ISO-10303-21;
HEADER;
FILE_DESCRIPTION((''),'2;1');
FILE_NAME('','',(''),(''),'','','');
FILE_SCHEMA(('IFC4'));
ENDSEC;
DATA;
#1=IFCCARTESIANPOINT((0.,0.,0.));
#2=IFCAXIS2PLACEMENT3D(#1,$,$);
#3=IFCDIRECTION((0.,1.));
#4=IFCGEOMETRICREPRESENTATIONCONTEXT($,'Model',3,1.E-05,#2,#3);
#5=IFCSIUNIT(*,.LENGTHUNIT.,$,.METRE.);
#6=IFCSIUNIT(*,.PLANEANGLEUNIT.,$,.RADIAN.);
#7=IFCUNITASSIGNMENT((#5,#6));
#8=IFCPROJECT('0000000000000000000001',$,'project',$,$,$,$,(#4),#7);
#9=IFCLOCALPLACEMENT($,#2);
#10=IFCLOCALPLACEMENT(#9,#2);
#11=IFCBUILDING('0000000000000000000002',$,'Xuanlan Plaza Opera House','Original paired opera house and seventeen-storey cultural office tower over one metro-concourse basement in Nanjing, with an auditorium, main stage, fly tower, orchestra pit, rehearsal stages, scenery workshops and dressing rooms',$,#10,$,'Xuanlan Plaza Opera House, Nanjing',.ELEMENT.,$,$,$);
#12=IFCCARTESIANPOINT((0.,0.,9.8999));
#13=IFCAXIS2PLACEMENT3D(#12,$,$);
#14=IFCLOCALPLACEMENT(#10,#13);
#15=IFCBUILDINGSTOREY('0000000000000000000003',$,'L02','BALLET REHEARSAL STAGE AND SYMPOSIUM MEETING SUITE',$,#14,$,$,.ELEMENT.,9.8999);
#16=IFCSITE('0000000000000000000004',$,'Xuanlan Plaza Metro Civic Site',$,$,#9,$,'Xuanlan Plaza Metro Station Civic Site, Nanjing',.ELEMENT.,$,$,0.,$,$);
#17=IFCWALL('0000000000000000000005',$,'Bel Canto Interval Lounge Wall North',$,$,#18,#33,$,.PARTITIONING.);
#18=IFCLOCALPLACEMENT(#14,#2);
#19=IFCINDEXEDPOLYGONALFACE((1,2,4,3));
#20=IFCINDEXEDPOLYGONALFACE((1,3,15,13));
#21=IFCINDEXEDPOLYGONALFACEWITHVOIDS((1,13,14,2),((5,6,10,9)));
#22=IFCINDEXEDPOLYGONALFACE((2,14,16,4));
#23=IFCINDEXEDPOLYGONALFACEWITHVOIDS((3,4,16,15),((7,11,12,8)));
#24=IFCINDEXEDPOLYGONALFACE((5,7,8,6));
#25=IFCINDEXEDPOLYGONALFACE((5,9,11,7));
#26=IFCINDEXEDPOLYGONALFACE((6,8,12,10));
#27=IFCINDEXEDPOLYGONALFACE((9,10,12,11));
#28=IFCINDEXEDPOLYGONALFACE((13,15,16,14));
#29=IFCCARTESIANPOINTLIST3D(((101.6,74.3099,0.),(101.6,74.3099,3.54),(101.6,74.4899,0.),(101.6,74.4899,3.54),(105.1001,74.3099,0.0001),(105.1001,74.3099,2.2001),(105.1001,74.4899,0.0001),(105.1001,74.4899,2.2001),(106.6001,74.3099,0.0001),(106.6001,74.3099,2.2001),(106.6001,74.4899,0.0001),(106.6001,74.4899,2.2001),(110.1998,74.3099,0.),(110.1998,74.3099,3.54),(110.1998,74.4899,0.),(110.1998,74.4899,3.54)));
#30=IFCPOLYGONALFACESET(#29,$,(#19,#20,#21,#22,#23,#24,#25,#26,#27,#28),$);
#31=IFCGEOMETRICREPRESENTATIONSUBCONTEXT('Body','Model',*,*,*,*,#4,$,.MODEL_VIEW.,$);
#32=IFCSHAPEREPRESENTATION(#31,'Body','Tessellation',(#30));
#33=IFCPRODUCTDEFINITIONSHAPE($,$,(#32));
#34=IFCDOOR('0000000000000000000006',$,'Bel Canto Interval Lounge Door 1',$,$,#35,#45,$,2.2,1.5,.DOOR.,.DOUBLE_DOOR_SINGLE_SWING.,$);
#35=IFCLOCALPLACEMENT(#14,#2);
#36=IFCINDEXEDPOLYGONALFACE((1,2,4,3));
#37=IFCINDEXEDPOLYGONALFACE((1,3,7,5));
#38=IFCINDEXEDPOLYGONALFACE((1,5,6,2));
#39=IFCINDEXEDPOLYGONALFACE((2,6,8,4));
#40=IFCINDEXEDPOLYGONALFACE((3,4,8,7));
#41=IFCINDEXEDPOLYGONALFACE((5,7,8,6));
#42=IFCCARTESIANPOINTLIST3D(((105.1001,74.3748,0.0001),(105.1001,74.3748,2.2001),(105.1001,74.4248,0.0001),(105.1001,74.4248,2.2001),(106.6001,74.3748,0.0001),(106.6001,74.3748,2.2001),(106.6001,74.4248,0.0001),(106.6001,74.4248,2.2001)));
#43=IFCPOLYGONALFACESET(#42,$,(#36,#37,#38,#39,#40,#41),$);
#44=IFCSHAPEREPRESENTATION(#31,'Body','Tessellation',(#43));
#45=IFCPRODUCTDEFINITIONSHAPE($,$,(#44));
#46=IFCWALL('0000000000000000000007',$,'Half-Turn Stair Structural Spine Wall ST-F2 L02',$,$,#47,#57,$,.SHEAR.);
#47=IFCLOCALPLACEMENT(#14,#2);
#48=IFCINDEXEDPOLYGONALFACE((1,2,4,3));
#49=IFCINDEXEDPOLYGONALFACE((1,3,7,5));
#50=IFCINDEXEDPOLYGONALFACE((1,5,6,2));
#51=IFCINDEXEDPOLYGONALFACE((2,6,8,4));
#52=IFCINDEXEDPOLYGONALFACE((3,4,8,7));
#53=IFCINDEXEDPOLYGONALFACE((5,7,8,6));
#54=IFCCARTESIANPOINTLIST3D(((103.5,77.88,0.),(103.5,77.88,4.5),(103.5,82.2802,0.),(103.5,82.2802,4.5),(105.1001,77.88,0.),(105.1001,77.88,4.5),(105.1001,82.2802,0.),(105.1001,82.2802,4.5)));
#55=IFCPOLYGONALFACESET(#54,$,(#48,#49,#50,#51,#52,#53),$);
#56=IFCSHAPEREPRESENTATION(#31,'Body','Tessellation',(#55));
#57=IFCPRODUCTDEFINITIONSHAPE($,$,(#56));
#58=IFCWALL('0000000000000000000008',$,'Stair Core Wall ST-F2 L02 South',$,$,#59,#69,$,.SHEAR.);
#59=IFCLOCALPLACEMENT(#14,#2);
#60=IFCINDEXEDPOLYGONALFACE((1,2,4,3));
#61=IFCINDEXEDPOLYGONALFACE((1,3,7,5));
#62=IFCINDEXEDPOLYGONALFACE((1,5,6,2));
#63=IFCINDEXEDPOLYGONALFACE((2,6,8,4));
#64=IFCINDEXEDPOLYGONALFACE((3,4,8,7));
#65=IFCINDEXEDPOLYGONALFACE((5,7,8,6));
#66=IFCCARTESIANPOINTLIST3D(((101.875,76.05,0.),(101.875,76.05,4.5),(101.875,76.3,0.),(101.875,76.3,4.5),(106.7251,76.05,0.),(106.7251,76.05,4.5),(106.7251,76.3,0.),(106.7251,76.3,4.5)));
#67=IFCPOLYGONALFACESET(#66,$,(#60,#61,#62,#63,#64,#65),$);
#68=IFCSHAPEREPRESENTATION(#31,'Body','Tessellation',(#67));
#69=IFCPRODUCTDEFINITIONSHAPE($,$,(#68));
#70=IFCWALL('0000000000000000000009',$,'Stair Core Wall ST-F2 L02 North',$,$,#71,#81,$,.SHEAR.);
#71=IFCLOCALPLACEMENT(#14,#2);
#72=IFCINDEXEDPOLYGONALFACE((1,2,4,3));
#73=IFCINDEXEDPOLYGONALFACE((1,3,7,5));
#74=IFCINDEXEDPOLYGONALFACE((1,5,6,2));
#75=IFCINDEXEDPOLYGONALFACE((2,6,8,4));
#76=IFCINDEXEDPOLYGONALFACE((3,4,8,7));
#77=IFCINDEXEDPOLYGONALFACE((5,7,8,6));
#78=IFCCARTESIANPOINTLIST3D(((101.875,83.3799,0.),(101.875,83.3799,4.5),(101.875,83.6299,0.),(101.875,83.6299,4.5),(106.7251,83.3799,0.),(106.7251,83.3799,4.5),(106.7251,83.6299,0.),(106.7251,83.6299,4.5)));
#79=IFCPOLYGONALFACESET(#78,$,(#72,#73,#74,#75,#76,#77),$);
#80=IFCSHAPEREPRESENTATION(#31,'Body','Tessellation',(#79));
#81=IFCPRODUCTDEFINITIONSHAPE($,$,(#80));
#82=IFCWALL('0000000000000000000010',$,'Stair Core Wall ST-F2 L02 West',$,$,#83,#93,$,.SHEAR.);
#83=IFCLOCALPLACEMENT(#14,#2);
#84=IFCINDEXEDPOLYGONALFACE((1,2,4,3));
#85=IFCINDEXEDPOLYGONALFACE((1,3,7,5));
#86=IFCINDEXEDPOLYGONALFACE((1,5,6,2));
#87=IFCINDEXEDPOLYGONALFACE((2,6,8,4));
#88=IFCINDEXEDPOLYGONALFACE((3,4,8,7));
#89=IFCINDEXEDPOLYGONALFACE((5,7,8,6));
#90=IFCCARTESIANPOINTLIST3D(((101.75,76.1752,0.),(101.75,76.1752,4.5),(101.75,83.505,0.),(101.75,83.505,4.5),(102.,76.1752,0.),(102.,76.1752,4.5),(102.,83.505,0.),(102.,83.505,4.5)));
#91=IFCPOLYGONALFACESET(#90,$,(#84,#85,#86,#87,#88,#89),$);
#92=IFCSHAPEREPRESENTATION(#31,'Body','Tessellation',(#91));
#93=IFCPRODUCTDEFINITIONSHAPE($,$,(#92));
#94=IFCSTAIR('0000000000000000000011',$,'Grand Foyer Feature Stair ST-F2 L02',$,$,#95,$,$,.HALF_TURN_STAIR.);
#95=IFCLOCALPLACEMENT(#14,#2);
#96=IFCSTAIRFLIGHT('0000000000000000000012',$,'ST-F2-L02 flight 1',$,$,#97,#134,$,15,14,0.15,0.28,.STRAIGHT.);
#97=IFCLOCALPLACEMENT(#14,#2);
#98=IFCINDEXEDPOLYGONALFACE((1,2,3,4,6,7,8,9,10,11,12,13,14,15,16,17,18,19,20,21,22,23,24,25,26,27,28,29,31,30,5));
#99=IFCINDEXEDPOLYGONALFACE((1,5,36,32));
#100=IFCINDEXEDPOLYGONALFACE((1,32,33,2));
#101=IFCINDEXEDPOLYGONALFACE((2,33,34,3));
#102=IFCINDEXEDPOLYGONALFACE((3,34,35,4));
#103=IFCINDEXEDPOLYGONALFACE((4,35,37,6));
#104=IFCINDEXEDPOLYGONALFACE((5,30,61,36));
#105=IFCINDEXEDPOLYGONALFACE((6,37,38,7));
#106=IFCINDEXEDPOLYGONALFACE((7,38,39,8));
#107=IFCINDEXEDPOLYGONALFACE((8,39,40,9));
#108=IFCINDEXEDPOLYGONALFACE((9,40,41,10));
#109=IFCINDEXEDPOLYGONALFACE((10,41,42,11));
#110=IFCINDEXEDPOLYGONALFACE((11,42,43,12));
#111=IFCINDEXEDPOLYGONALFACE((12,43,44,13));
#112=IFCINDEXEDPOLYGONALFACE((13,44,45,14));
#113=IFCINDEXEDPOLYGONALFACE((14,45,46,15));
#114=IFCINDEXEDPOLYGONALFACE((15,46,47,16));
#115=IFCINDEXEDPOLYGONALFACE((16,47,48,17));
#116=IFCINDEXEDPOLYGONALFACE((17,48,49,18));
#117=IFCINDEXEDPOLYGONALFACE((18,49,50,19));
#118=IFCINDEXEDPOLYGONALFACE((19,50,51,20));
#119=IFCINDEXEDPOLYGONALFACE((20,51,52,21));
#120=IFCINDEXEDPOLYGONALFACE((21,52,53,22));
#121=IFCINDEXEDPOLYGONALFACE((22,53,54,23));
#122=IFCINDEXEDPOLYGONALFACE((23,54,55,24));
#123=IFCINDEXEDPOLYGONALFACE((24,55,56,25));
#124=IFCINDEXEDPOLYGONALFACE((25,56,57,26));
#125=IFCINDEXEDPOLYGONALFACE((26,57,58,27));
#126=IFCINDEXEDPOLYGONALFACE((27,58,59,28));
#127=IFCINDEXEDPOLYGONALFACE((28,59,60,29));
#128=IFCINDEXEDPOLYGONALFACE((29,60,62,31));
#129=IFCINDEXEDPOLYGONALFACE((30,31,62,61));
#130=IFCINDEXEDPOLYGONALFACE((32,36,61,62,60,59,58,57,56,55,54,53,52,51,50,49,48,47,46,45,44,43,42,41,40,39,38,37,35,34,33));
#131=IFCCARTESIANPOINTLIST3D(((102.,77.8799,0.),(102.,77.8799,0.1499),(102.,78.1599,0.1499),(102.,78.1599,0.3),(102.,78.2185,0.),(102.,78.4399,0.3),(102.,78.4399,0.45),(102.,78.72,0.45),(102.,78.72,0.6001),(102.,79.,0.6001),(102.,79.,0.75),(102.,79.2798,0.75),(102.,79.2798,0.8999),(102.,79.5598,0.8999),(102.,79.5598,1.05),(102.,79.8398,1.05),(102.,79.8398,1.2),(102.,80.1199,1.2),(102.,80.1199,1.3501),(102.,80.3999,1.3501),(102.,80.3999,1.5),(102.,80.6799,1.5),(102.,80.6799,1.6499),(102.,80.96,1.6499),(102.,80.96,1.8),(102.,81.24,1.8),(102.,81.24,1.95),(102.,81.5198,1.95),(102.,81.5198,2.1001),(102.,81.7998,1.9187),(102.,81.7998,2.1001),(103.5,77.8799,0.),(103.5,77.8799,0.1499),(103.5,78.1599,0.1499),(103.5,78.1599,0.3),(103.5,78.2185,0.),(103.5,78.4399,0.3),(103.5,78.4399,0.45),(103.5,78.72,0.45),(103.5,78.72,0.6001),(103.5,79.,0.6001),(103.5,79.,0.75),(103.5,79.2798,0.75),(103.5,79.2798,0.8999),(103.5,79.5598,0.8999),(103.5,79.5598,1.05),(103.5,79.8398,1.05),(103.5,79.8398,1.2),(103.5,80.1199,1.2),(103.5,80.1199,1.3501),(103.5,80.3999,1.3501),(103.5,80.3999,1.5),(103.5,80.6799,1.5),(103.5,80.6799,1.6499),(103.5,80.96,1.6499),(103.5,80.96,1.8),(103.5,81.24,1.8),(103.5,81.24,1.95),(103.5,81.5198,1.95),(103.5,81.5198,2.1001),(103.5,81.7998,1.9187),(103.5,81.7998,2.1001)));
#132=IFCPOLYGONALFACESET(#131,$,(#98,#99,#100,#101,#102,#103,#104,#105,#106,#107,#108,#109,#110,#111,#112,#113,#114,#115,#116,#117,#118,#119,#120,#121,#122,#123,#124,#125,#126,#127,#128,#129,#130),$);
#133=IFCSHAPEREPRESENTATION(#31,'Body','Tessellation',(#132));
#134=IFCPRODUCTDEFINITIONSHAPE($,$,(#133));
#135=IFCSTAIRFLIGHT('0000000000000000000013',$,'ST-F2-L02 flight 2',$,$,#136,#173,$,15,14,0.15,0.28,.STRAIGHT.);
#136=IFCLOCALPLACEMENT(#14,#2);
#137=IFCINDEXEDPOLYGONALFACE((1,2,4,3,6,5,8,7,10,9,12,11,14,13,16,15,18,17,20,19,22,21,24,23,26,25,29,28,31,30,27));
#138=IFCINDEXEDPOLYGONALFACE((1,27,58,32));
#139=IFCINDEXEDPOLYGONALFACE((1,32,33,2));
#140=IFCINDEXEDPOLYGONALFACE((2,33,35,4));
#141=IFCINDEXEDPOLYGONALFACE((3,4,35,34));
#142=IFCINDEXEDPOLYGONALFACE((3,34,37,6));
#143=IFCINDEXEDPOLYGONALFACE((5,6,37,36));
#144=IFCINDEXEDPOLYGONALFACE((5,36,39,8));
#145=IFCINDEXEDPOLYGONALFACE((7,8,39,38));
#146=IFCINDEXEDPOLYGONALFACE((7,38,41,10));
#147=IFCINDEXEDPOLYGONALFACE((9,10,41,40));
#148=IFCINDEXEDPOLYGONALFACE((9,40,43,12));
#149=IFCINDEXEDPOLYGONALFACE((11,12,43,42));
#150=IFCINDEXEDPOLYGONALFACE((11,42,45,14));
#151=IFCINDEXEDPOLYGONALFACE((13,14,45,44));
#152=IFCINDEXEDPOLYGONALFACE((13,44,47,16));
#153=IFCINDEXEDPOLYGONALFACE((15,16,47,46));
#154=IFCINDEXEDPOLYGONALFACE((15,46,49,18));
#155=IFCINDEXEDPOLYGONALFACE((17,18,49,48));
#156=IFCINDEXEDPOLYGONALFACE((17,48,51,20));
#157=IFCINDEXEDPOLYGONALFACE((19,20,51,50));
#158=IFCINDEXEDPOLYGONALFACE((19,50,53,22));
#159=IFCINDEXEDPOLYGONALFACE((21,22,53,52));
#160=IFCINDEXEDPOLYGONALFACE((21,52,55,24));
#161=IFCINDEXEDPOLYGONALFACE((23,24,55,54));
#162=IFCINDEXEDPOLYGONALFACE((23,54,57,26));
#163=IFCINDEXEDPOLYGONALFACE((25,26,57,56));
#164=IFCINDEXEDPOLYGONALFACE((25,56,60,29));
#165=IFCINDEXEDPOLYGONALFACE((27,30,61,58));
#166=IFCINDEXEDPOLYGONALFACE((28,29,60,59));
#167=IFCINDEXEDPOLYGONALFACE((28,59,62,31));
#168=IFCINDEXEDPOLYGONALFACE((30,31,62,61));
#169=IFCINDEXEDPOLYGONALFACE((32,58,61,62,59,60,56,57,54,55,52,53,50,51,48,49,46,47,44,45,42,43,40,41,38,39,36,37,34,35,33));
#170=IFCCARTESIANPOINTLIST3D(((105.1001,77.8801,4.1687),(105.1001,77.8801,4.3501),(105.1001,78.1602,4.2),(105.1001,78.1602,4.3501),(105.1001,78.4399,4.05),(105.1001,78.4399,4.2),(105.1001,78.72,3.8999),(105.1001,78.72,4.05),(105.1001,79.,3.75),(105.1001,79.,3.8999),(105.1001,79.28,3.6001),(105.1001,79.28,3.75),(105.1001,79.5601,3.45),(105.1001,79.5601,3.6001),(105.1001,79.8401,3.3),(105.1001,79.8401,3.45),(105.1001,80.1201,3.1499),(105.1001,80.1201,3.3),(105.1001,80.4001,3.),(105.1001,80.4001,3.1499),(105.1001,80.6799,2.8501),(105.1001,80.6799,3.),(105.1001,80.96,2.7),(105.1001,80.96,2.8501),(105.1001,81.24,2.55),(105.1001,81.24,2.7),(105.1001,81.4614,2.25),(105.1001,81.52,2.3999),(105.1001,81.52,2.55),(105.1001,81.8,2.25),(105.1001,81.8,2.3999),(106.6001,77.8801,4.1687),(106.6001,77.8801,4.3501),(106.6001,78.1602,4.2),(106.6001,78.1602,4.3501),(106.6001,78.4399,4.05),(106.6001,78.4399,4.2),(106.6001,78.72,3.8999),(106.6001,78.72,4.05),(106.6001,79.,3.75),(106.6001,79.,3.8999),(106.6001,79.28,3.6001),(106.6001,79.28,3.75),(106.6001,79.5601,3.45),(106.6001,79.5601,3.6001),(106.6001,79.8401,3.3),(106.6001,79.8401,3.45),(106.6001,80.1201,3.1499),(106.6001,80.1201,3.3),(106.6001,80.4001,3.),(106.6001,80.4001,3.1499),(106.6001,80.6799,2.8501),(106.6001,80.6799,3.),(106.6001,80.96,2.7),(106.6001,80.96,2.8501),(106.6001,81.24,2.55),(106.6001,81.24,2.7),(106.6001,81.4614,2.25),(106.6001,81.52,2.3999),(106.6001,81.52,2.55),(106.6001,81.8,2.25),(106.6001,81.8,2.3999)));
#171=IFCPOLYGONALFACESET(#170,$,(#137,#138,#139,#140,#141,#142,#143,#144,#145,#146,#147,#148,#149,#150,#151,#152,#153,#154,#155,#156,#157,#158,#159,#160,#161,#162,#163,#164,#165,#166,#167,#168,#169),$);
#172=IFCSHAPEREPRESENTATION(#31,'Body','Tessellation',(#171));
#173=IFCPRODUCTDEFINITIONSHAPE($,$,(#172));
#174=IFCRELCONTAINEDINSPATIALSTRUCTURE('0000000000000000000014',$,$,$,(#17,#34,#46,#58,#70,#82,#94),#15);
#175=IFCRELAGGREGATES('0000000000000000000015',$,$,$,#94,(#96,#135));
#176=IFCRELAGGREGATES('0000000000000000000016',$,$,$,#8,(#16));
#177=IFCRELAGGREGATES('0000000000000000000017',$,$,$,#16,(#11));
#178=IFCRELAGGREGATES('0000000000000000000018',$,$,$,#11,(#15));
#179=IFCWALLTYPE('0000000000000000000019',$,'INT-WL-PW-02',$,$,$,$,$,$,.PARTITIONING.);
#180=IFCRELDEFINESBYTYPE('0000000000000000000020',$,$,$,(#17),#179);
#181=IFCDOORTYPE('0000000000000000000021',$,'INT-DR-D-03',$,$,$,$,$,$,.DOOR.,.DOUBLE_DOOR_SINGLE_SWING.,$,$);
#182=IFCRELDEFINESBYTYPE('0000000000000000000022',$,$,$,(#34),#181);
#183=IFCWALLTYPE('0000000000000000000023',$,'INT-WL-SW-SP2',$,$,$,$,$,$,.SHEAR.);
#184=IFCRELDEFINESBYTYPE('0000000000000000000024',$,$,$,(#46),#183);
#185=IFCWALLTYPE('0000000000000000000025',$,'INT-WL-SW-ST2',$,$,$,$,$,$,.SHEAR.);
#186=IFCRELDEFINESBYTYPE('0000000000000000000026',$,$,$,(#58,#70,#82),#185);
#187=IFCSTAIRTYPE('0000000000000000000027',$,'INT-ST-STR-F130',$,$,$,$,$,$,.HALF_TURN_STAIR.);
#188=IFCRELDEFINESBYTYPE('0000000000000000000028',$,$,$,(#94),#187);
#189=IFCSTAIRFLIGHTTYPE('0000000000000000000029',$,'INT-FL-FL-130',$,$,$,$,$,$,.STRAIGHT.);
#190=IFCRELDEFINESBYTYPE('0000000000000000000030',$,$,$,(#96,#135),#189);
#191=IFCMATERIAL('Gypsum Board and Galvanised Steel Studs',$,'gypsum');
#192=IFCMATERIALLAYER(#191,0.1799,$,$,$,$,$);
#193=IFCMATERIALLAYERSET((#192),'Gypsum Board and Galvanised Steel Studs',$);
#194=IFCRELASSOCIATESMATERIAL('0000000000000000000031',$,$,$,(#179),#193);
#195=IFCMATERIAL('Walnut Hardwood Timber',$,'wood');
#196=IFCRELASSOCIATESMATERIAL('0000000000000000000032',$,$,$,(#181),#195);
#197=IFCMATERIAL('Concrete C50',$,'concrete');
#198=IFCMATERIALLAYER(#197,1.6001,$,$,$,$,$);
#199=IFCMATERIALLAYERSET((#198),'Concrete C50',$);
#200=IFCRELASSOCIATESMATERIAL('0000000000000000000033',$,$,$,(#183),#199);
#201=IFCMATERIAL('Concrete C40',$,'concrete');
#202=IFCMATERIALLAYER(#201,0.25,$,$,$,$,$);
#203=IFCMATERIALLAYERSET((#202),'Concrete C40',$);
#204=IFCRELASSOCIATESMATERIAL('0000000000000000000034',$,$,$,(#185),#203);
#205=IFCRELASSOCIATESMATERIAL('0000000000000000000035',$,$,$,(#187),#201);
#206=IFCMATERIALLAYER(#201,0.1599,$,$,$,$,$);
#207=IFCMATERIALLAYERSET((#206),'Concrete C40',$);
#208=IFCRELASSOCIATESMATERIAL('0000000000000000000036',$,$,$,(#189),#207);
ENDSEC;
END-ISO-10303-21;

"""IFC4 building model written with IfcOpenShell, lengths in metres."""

from ifc_helpers import new_model, si_unit, direction, frame, frame_2d, origin, place, context, subcontext, project, spatial, polyline, rectangle, outline, extrude, material, layer, layer_set, type_object, element, fill, aggregate, save


model = new_model("IFC4")

# Units and contexts
model_context = context("Model", 3, precision=1e-05, world=origin(), true_north=direction((0.0, 1.0)))
body_context = subcontext(model_context, "Body", "Model", "MODEL_VIEW")
ifc_project = project(units=[si_unit("LENGTHUNIT", "METRE"), si_unit("PLANEANGLEUNIT", "RADIAN")], contexts=[model_context])

# Site, building, storey
site_placement = place(None, origin())
site = spatial("IfcSite", under=ifc_project, at=site_placement, Name="Xuanlan Plaza Metro Civic Site", LongName="Xuanlan Plaza Metro Station Civic Site, Nanjing", CompositionType="ELEMENT", RefElevation=0.0)
building_placement = place(site_placement, origin())
building = spatial("IfcBuilding", under=site, at=building_placement, Name="Xuanlan Plaza Opera House", Description="Original paired opera house and seventeen-storey cultural office tower over one metro-concourse basement in Nanjing, with an auditorium, main stage, fly tower, orchestra pit, rehearsal stages, scenery workshops and dressing rooms", LongName="Xuanlan Plaza Opera House, Nanjing", CompositionType="ELEMENT")
storey_placement = place(building_placement, frame((0.0, 0.0, 9.8999)))
storey = spatial("IfcBuildingStorey", under=building, at=storey_placement, Name="L02", Description="BALLET REHEARSAL STAGE AND SYMPOSIUM MEETING SUITE", CompositionType="ELEMENT", Elevation=9.8999)

# Shared definitions
ifc_material_1 = material(Name="Concrete C50", Category="concrete")

# Shared definitions
ifc_material_2 = material(Name="Concrete C40", Category="concrete")

# Wall, opening, door
ifc_material_3 = material(Name="Gypsum Board and Galvanised Steel Studs", Category="gypsum")
ifc_layer_1 = layer(ifc_material_3, 0.1799)
ifc_layer_set_1 = layer_set([ifc_layer_1], Name="Gypsum Board and Galvanised Steel Studs")
wall_type_1 = type_object("IfcWallType", Name="INT-WL-PW-02", PredefinedType="PARTITIONING", material=ifc_layer_set_1)
wall_1_placement = place(storey_placement, frame((101.6001, 74.3999, 0.0), z_axis=(0.0, 0.0, 1.0), x_axis=(1.0, 0.0, 0.0)))
wall_1 = element("IfcWall", 1, at=wall_1_placement, inside=storey, type_object=wall_type_1, Name="Bel Canto Interval Lounge Wall North", PredefinedType="PARTITIONING", context=body_context, shape_type="SweptSolid", body=[
    extrude(rectangle(XDim=8.5999, YDim=0.1799, at=frame_2d((4.2998, 0.0))), origin(), (0.0, 0.0, 1.0), 3.54),
])
opening_1_placement = place(wall_1_placement, frame((3.5, 0.0, 0.0)))
opening_1 = element("IfcOpeningElement", 2, at=opening_1_placement, cuts=wall_1, PredefinedType="OPENING", context=body_context, shape_type="SweptSolid", body=[
    extrude(rectangle(XDim=1.5, YDim=2.2, at=frame_2d((0.75, 1.1001))), frame((0.0, 0.0999, 0.0), z_axis=(0.0, -1.0, 0.0), x_axis=(1.0, 0.0, 0.0)), (0.0, 0.0, 1.0), 0.2),
])
ifc_material_4 = material(Name="Walnut Hardwood Timber", Category="wood")
door_type_1 = type_object("IfcDoorType", Name="INT-DR-D-03", OperationType="DOUBLE_DOOR_SINGLE_SWING", PredefinedType="DOOR", material=ifc_material_4)
door_1_placement = place(opening_1_placement, origin())
door_1 = element("IfcDoor", 3, at=door_1_placement, inside=storey, type_object=door_type_1, Name="Bel Canto Interval Lounge Door 1", OperationType="DOUBLE_DOOR_SINGLE_SWING", OverallHeight=2.2, OverallWidth=1.5, PredefinedType="DOOR", context=body_context, shape_type="SweptSolid", body=[
    extrude(rectangle(XDim=1.5, YDim=2.2, at=frame_2d((0.75, 1.1001))), frame((0.0, 0.0249, 0.0), z_axis=(0.0, -1.0, 0.0), x_axis=(1.0, 0.0, 0.0)), (0.0, 0.0, 1.0), 0.05),
])
fill(opening_1, door_1)

# Walls
ifc_layer_2 = layer(ifc_material_1, 1.6001)
ifc_layer_set_2 = layer_set([ifc_layer_2], Name="Concrete C50")
wall_type_2 = type_object("IfcWallType", Name="INT-WL-SW-SP2", PredefinedType="SHEAR", material=ifc_layer_set_2)
wall_2_placement = place(storey_placement, frame((104.3, 77.8799, 0.0), z_axis=(0.0, 0.0, 1.0), x_axis=(0.0, 1.0, 0.0)))
element("IfcWall", 4, at=wall_2_placement, inside=storey, type_object=wall_type_2, Name="Half-Turn Stair Structural Spine Wall ST-F2 L02", PredefinedType="SHEAR", context=body_context, shape_type="SweptSolid", body=[
    extrude(rectangle(XDim=4.4001, YDim=1.6001, at=frame_2d((2.2002, 0.0))), origin(), (0.0, 0.0, 1.0), 4.5),
])
ifc_layer_3 = layer(ifc_material_2, 0.25)
ifc_layer_set_3 = layer_set([ifc_layer_3], Name="Concrete C40")
wall_type_3 = type_object("IfcWallType", Name="INT-WL-SW-ST2", PredefinedType="SHEAR", material=ifc_layer_set_3)
for number, where, z_axis, x_axis, name in (
    (5, (101.875, 76.175, 0.0), (0.0, 0.0, 1.0), (1.0, 0.0, 0.0), "Stair Core Wall ST-F2 L02 South"),
    (6, (101.875, 83.5049, 0.0), (0.0, 0.0, 1.0), (1.0, 0.0, 0.0), "Stair Core Wall ST-F2 L02 North"),
):
    element("IfcWall", number, at=place(storey_placement, frame(where, z_axis=z_axis, x_axis=x_axis)), inside=storey, type_object=wall_type_3, Name=name, PredefinedType="SHEAR", context=body_context, shape_type="SweptSolid", body=[
        extrude(rectangle(XDim=4.8501, YDim=0.25, at=frame_2d((2.425, 0.0))), origin(), (0.0, 0.0, 1.0), 4.5),
    ])
wall_3_placement = place(storey_placement, frame((101.875, 76.175, 0.0), z_axis=(0.0, 0.0, 1.0), x_axis=(0.0, 1.0, 0.0)))
element("IfcWall", 7, at=wall_3_placement, inside=storey, type_object=wall_type_3, Name="Stair Core Wall ST-F2 L02 West", PredefinedType="SHEAR", context=body_context, shape_type="SweptSolid", body=[
    extrude(rectangle(XDim=7.3298, YDim=0.25, at=frame_2d((3.665, 0.0))), origin(), (0.0, 0.0, 1.0), 4.5),
])

# Stair, stair flights
stair_type = type_object("IfcStairType", Name="INT-ST-STR-F130", PredefinedType="HALF_TURN_STAIR", material=ifc_material_2)
stair_placement = place(storey_placement, origin())
stair = element("IfcStair", 8, at=stair_placement, inside=storey, type_object=stair_type, Name="Grand Foyer Feature Stair ST-F2 L02", PredefinedType="HALF_TURN_STAIR")
ifc_layer_4 = layer(ifc_material_2, 0.1599)
ifc_layer_set_4 = layer_set([ifc_layer_4], Name="Concrete C40")
stair_flight_type = type_object("IfcStairFlightType", Name="INT-FL-FL-130", PredefinedType="STRAIGHT", material=ifc_layer_set_4)
stair_flight_1_placement = place(storey_placement, frame((102.75, 77.8799, 0.0), z_axis=(0.0, 0.0, 1.0), x_axis=(0.0, 1.0, 0.0)))
stair_flight_1 = element("IfcStairFlight", 9, at=stair_flight_1_placement, type_object=stair_flight_type, Name="ST-F2-L02 flight 1", NumberOfRisers=15, NumberOfTreads=14, PredefinedType="STRAIGHT", RiserHeight=0.15, TreadLength=0.28, context=body_context, shape_type="SweptSolid", body=[
    extrude(outline(polyline([(0.0, 0.0), (0.0, 0.1499), (0.28, 0.1499), (0.28, 0.3), (0.5601, 0.3), (0.5601, 0.45), (0.8401, 0.45), (0.8401, 0.6001), (1.1201, 0.6001), (1.1201, 0.75), (1.3999, 0.75), (1.3999, 0.8999), (1.6799, 0.8999), (1.6799, 1.05), (1.96, 1.05), (1.96, 1.2), (2.24, 1.2), (2.24, 1.3501), (2.52, 1.3501), (2.52, 1.5), (2.8, 1.5), (2.8, 1.6499), (3.0801, 1.6499), (3.0801, 1.8), (3.3601, 1.8), (3.3601, 1.95), (3.6399, 1.95), (3.6399, 2.1001), (3.9199, 2.1001), (3.9199, 2.25), (3.9199, 1.9187), (0.3386, 0.0), (0.0, 0.0)])), frame((0.0, 0.75, 0.0), z_axis=(0.0, -1.0, 0.0), x_axis=(1.0, 0.0, 0.0)), (0.0, 0.0, 1.0), 1.5),
])
stair_flight_2_placement = place(storey_placement, frame((105.8501, 81.8, 2.25), z_axis=(0.0, 0.0, 1.0), x_axis=(0.0, -1.0, 0.0)))
stair_flight_2 = element("IfcStairFlight", 10, at=stair_flight_2_placement, type_object=stair_flight_type, Name="ST-F2-L02 flight 2", NumberOfRisers=15, NumberOfTreads=14, PredefinedType="STRAIGHT", RiserHeight=0.15, TreadLength=0.28, context=body_context, shape_type="SweptSolid", body=[
    extrude(outline(polyline([(0.0, 0.0), (0.0, 0.1499), (0.28, 0.1499), (0.28, 0.3), (0.5601, 0.3), (0.5601, 0.45), (0.8401, 0.45), (0.8401, 0.6001), (1.1201, 0.6001), (1.1201, 0.75), (1.3999, 0.75), (1.3999, 0.8999), (1.6799, 0.8999), (1.6799, 1.05), (1.96, 1.05), (1.96, 1.2), (2.24, 1.2), (2.24, 1.3501), (2.52, 1.3501), (2.52, 1.5), (2.8, 1.5), (2.8, 1.6499), (3.0801, 1.6499), (3.0801, 1.8), (3.3601, 1.8), (3.3601, 1.95), (3.6399, 1.95), (3.6399, 2.1001), (3.9199, 2.1001), (3.9199, 2.25), (3.9199, 1.9187), (0.3386, 0.0), (0.0, 0.0)])), frame((0.0, 0.75, 0.0), z_axis=(0.0, -1.0, 0.0), x_axis=(1.0, 0.0, 0.0)), (0.0, 0.0, 1.0), 1.5),
])
aggregate(stair, [stair_flight_1, stair_flight_2])

save(model, "model.ifc")
